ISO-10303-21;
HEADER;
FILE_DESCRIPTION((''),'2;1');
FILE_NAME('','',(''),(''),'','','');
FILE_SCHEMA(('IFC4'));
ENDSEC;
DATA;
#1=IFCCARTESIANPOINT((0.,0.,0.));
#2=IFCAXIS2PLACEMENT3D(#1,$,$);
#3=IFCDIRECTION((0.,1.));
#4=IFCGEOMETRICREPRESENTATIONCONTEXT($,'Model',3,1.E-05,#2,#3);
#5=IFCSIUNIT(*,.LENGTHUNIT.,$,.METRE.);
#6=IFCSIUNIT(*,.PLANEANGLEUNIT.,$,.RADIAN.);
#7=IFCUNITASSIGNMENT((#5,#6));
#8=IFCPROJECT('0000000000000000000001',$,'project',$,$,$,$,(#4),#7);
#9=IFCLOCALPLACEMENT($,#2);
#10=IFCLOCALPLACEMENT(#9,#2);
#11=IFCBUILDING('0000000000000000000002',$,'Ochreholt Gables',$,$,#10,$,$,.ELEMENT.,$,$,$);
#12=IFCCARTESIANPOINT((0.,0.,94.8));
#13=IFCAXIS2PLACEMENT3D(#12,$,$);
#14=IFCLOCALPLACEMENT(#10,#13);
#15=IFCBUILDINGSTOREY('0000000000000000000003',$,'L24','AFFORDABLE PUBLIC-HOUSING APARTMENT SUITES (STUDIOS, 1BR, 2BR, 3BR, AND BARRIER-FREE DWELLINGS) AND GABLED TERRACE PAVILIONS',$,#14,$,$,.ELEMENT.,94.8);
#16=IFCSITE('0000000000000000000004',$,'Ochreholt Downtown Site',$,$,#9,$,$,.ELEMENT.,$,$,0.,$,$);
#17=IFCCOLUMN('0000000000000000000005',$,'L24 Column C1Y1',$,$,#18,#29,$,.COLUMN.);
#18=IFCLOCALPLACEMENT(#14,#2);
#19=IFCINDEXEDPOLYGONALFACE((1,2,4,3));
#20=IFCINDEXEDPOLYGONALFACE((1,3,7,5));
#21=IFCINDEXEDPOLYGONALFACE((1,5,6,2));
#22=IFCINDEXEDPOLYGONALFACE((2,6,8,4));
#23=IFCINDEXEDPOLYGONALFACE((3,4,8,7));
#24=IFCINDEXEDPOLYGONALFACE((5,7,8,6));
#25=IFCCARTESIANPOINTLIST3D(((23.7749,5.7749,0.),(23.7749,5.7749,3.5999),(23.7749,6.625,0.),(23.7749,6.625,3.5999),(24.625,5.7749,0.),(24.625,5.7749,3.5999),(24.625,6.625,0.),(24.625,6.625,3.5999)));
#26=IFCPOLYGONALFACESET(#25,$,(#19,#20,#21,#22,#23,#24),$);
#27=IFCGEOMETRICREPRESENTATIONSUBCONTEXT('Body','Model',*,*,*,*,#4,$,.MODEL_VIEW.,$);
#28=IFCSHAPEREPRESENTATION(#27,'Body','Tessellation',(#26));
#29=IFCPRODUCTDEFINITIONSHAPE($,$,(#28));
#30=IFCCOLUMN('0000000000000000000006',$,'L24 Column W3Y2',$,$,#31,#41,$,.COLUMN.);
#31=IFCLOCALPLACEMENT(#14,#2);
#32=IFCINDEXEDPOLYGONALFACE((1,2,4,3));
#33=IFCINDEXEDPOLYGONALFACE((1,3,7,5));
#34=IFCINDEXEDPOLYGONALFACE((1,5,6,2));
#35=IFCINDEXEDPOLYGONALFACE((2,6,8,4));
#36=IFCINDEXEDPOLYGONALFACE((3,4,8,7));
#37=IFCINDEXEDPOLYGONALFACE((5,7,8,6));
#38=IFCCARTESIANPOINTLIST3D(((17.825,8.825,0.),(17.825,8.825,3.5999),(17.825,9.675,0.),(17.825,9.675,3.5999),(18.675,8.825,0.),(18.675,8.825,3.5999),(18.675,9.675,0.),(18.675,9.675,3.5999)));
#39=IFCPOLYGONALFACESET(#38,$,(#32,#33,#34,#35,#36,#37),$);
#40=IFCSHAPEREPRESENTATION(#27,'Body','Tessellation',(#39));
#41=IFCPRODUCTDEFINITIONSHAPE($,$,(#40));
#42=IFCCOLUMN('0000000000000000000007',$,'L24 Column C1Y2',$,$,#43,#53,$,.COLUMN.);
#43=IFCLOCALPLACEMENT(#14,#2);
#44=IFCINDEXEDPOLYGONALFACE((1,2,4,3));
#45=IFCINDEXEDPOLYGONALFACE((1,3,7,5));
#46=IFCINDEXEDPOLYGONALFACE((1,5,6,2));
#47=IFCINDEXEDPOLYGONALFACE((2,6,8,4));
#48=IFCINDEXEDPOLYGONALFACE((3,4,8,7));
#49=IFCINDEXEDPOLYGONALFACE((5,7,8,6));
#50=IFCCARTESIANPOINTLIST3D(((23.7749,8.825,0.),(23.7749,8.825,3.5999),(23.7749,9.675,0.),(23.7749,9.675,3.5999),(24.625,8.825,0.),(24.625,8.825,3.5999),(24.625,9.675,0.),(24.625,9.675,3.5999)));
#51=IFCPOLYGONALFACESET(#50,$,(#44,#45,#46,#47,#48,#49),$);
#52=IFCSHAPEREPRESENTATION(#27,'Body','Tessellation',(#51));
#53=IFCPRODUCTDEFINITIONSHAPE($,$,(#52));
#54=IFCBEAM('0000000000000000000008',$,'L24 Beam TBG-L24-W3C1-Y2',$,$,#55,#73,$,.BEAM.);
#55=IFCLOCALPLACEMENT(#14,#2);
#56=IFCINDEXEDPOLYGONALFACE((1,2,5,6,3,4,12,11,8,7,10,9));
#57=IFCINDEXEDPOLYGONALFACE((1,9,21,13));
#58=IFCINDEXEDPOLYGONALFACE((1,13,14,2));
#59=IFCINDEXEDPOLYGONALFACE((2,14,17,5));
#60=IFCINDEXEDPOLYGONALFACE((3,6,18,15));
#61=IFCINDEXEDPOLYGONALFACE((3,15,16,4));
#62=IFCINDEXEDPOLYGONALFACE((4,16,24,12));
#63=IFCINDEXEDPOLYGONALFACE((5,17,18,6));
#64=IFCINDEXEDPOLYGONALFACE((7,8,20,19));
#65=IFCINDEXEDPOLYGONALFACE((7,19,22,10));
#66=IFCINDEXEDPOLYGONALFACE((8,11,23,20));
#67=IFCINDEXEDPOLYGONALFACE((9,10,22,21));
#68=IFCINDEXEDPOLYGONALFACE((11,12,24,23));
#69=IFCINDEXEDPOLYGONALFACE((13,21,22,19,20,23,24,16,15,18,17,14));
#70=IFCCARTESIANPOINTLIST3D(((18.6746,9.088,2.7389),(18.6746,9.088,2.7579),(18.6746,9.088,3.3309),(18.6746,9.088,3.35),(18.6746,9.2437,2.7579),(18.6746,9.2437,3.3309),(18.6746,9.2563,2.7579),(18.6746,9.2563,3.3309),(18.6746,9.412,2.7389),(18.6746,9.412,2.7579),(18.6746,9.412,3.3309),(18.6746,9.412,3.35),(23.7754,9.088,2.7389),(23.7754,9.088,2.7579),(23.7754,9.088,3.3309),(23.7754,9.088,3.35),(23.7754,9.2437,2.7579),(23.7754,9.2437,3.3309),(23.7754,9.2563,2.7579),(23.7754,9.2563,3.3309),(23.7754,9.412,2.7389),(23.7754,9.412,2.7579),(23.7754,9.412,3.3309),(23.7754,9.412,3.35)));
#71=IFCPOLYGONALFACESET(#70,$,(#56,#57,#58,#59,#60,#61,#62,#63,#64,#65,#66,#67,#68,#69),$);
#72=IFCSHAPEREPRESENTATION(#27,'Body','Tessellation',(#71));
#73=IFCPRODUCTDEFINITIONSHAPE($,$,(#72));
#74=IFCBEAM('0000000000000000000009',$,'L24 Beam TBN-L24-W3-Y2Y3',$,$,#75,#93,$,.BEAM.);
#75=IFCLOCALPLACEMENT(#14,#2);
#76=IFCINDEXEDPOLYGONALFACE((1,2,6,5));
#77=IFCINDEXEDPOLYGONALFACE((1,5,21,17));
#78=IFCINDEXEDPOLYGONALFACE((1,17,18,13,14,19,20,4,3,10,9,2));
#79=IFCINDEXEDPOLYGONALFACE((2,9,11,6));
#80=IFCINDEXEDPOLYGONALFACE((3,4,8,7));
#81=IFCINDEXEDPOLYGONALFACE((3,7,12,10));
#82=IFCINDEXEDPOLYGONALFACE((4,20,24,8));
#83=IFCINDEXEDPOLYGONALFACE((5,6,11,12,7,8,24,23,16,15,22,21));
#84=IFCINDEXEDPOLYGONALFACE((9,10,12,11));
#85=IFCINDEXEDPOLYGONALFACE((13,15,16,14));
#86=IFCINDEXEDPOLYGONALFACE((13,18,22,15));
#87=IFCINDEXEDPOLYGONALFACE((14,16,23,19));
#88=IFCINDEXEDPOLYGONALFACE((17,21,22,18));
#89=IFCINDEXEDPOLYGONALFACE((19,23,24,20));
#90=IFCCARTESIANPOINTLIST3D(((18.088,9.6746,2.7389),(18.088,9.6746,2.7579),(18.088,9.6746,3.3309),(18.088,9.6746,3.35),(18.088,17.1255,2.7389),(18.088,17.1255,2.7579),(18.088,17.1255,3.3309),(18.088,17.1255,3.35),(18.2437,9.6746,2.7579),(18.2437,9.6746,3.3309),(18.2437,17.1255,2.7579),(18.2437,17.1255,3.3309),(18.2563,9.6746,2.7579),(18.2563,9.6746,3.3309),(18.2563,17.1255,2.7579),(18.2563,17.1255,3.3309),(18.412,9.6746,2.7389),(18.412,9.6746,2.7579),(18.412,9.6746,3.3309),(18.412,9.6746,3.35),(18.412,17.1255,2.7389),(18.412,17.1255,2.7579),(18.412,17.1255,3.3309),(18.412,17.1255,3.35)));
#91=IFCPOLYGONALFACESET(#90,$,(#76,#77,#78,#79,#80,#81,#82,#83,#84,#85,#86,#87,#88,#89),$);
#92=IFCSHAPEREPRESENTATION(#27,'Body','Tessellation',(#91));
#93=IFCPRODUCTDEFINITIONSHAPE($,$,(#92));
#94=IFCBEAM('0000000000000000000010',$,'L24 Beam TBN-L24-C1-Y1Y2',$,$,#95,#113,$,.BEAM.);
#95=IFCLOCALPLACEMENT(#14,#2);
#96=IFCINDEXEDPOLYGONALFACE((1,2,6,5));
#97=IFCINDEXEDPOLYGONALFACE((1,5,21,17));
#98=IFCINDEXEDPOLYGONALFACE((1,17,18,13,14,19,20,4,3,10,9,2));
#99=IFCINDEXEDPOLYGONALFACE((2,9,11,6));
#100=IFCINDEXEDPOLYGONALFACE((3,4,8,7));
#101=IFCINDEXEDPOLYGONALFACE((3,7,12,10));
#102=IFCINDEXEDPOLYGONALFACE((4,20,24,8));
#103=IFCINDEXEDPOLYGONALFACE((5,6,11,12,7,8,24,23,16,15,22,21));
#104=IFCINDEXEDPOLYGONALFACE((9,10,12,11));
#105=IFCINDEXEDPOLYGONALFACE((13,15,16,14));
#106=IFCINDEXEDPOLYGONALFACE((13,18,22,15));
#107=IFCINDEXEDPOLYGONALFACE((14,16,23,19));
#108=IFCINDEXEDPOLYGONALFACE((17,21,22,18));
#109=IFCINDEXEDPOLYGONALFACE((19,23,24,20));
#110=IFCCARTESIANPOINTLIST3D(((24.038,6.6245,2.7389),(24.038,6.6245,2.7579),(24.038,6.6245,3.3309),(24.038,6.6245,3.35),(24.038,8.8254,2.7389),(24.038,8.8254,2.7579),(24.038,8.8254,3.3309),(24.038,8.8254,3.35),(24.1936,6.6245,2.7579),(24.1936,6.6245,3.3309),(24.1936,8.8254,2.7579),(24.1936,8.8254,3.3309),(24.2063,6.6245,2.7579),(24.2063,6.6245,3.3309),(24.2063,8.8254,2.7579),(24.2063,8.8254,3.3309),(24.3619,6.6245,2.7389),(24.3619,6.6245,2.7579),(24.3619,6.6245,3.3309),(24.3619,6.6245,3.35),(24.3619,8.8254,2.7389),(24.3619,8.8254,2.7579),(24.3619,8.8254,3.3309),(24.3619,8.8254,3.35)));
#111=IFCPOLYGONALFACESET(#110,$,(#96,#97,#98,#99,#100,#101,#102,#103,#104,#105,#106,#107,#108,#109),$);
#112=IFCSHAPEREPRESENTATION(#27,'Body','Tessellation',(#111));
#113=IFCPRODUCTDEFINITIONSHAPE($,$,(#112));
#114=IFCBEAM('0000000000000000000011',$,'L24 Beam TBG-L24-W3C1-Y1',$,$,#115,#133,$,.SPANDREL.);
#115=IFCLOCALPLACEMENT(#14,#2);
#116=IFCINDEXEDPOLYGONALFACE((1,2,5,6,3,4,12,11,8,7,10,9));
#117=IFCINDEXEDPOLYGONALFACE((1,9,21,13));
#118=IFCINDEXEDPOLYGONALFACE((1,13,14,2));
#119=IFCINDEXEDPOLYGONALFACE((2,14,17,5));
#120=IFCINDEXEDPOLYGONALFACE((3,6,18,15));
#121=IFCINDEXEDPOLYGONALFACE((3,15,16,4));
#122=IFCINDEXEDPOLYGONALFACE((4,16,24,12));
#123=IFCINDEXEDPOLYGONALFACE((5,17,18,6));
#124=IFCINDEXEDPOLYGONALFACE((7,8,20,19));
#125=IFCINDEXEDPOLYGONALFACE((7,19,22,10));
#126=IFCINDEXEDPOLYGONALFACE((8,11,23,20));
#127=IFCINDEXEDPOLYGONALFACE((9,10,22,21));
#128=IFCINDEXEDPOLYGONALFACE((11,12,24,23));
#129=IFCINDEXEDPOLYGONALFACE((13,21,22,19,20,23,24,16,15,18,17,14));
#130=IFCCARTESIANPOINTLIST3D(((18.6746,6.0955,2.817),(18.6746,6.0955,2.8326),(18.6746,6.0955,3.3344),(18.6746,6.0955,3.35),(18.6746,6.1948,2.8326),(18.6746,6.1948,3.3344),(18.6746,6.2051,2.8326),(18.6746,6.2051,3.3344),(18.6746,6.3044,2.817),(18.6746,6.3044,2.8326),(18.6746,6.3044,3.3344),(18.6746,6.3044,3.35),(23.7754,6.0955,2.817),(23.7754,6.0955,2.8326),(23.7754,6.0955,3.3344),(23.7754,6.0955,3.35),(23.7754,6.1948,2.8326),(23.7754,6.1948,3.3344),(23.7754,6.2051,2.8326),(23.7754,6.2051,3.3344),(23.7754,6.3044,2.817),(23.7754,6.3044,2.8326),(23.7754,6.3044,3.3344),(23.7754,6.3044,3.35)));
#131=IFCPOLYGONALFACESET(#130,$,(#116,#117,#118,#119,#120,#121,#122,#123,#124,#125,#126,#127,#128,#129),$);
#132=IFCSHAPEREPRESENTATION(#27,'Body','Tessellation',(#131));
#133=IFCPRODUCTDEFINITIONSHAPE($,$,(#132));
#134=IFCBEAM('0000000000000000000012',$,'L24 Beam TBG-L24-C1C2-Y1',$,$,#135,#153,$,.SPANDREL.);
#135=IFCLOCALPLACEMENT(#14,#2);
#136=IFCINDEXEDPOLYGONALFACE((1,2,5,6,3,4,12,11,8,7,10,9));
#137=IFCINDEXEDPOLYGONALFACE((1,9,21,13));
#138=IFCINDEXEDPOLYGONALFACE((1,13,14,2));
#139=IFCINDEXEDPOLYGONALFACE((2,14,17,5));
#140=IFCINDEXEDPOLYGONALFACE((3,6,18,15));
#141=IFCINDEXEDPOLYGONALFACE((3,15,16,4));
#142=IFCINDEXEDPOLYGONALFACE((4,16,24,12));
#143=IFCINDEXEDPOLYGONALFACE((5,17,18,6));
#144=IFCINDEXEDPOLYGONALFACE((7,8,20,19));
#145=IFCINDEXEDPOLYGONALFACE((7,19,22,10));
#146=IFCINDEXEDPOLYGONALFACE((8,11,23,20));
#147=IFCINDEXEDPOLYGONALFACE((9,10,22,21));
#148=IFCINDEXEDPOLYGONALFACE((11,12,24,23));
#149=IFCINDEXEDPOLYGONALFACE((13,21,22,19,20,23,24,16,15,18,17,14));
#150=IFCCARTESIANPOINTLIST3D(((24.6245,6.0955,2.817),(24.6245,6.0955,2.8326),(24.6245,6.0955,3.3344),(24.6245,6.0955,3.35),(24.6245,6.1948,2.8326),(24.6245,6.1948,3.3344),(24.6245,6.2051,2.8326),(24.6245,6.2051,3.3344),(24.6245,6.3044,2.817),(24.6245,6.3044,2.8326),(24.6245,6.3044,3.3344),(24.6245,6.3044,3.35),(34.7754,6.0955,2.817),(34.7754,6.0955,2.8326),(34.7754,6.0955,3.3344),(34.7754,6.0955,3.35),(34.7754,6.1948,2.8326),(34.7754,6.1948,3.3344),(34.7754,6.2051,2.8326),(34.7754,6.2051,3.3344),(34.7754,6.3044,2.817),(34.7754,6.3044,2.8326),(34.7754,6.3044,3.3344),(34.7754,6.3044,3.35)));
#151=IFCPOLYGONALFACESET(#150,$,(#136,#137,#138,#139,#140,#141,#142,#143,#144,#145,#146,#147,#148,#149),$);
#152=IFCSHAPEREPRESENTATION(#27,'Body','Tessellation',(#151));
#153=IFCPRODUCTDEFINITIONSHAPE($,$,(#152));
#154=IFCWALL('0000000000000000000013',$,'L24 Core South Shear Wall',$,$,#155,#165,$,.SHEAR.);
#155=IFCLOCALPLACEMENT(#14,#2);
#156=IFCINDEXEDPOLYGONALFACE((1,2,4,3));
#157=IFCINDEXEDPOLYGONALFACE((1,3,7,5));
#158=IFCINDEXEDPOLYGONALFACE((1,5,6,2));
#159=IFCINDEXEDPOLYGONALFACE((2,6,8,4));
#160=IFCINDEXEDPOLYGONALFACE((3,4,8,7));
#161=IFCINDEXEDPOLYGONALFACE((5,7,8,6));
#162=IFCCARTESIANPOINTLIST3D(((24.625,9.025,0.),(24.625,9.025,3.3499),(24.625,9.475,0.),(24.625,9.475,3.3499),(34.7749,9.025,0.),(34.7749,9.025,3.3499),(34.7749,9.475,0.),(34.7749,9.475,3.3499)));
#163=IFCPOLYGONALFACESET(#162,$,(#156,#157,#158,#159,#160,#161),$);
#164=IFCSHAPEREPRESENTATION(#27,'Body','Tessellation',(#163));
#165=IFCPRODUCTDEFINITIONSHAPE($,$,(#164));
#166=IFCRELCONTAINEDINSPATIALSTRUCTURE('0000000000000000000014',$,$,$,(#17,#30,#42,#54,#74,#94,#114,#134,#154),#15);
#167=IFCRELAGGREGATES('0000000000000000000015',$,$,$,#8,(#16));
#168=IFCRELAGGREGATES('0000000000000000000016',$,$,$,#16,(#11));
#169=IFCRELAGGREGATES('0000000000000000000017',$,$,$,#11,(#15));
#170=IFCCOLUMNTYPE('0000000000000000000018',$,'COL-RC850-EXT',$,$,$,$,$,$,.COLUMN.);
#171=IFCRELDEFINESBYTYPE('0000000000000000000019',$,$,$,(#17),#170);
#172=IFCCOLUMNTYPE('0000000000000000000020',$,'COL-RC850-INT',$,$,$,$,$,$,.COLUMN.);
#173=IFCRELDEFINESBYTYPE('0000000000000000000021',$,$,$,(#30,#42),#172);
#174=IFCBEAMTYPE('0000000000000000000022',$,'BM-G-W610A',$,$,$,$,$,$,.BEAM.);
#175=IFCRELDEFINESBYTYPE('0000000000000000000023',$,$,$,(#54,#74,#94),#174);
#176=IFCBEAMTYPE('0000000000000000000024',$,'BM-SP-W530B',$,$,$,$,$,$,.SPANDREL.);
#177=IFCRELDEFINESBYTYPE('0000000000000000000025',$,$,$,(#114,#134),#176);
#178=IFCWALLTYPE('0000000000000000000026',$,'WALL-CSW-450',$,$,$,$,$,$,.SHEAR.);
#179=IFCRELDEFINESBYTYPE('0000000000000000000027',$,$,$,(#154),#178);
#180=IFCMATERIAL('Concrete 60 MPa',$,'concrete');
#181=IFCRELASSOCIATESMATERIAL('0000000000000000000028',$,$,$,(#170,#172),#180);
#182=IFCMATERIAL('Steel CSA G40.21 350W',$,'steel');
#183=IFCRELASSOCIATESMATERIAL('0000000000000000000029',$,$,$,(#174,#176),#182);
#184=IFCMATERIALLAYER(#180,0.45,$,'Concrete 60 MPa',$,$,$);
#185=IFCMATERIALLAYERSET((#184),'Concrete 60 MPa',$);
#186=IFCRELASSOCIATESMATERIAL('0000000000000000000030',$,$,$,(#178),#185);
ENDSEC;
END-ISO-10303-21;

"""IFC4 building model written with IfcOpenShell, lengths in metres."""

from ifc_helpers import new_model, si_unit, direction, frame, frame_2d, origin, origin_2d, place, context, subcontext, project, spatial, rectangle, i_section, extrude, material, layer, layer_set, material_profile, profile_set, type_object, element, save


model = new_model("IFC4")

# Units and contexts
model_context = context("Model", 3, precision=1e-05, world=origin(), true_north=direction((0.0, 1.0)))
body_context = subcontext(model_context, "Body", "Model", "MODEL_VIEW")
ifc_project = project(units=[si_unit("LENGTHUNIT", "METRE"), si_unit("PLANEANGLEUNIT", "RADIAN")], contexts=[model_context])

# Site, building, storey
site_placement = place(None, origin())
site = spatial("IfcSite", under=ifc_project, at=site_placement, Name="Ochreholt Downtown Site", CompositionType="ELEMENT", RefElevation=0.0)
building_placement = place(site_placement, origin())
building = spatial("IfcBuilding", under=site, at=building_placement, Name="Ochreholt Gables", CompositionType="ELEMENT")
storey_placement = place(building_placement, frame((0.0, 0.0, 94.8)))
storey = spatial("IfcBuildingStorey", under=building, at=storey_placement, Name="L24", Description="AFFORDABLE PUBLIC-HOUSING APARTMENT SUITES (STUDIOS, 1BR, 2BR, 3BR, AND BARRIER-FREE DWELLINGS) AND GABLED TERRACE PAVILIONS", CompositionType="ELEMENT", Elevation=94.8)

# Columns
ifc_material_1 = material(Name="Concrete 60 MPa", Category="concrete")
ifc_material_profile_1 = material_profile(ifc_material_1, rectangle(XDim=0.8501, YDim=0.8501, at=origin_2d()), Name="RC850X850")
ifc_profile_set_1 = profile_set([ifc_material_profile_1], Name="Concrete 60 MPa")
column_type_1 = type_object("IfcColumnType", Name="COL-RC850-EXT", PredefinedType="COLUMN", material=ifc_profile_set_1)
column_placement = place(storey_placement, frame((24.2, 6.2, 0.0), z_axis=(0.0, 0.0, 1.0), x_axis=(1.0, 0.0, 0.0)))
element("IfcColumn", 1, at=column_placement, inside=storey, type_object=column_type_1, Name="L24 Column C1Y1", PredefinedType="COLUMN", context=body_context, shape_type="SweptSolid", body=[
    extrude(rectangle(XDim=0.8501, YDim=0.8501, at=origin_2d()), origin(), (0.0, 0.0, 1.0), 3.5999),
])
ifc_material_profile_2 = material_profile(ifc_material_1, rectangle(XDim=0.8501, YDim=0.8501, at=origin_2d()), Name="RC850X850")
ifc_profile_set_2 = profile_set([ifc_material_profile_2], Name="Concrete 60 MPa")
column_type_2 = type_object("IfcColumnType", Name="COL-RC850-INT", PredefinedType="COLUMN", material=ifc_profile_set_2)
for number, where, z_axis, x_axis, name in (
    (2, (18.25, 9.25, 0.0), (0.0, 0.0, 1.0), (1.0, 0.0, 0.0), "L24 Column W3Y2"),
    (3, (24.2, 9.25, 0.0), (0.0, 0.0, 1.0), (1.0, 0.0, 0.0), "L24 Column C1Y2"),
):
    element("IfcColumn", number, at=place(storey_placement, frame(where, z_axis=z_axis, x_axis=x_axis)), inside=storey, type_object=column_type_2, Name=name, PredefinedType="COLUMN", context=body_context, shape_type="SweptSolid", body=[
        extrude(rectangle(XDim=0.8501, YDim=0.8501, at=origin_2d()), origin(), (0.0, 0.0, 1.0), 3.5999),
    ])

# Beams
ifc_material_2 = material(Name="Steel CSA G40.21 350W", Category="steel")
ifc_material_profile_3 = material_profile(ifc_material_2, i_section(OverallWidth=0.324, OverallDepth=0.6111, WebThickness=0.0127, FlangeThickness=0.019, at=origin_2d()), Name="W610X155")
ifc_profile_set_3 = profile_set([ifc_material_profile_3], Name="Steel CSA G40.21 350W")
beam_type_1 = type_object("IfcBeamType", Name="BM-G-W610A", PredefinedType="BEAM", material=ifc_profile_set_3)
beam_1_placement = place(storey_placement, frame((18.6746, 9.25, 3.0444), z_axis=(1.0, 0.0, 0.0), x_axis=(0.0, 1.0, 0.0)))
element("IfcBeam", 4, at=beam_1_placement, inside=storey, type_object=beam_type_1, Name="L24 Beam TBG-L24-W3C1-Y2", PredefinedType="BEAM", context=body_context, shape_type="SweptSolid", body=[
    extrude(i_section(OverallWidth=0.324, OverallDepth=0.6111, WebThickness=0.0127, FlangeThickness=0.019, at=origin_2d()), origin(), (0.0, 0.0, 1.0), 5.1008),
])
beam_2_placement = place(storey_placement, frame((18.25, 9.6746, 3.0444), z_axis=(0.0, 1.0, 0.0), x_axis=(-1.0, 0.0, 0.0)))
element("IfcBeam", 5, at=beam_2_placement, inside=storey, type_object=beam_type_1, Name="L24 Beam TBN-L24-W3-Y2Y3", PredefinedType="BEAM", context=body_context, shape_type="SweptSolid", body=[
    extrude(i_section(OverallWidth=0.324, OverallDepth=0.6111, WebThickness=0.0127, FlangeThickness=0.019, at=origin_2d()), origin(), (0.0, 0.0, 1.0), 7.4509),
])
beam_3_placement = place(storey_placement, frame((24.2, 6.6245, 3.0444), z_axis=(0.0, 1.0, 0.0), x_axis=(-1.0, 0.0, 0.0)))
element("IfcBeam", 6, at=beam_3_placement, inside=storey, type_object=beam_type_1, Name="L24 Beam TBN-L24-C1-Y1Y2", PredefinedType="BEAM", context=body_context, shape_type="SweptSolid", body=[
    extrude(i_section(OverallWidth=0.324, OverallDepth=0.6111, WebThickness=0.0127, FlangeThickness=0.019, at=origin_2d()), origin(), (0.0, 0.0, 1.0), 2.2009),
])
ifc_material_profile_4 = material_profile(ifc_material_2, i_section(OverallWidth=0.209, OverallDepth=0.533, WebThickness=0.0103, FlangeThickness=0.0156, at=origin_2d()), Name="W530X92")
ifc_profile_set_4 = profile_set([ifc_material_profile_4], Name="Steel CSA G40.21 350W")
beam_type_2 = type_object("IfcBeamType", Name="BM-SP-W530B", PredefinedType="SPANDREL", material=ifc_profile_set_4)
beam_4_placement = place(storey_placement, frame((18.6746, 6.2, 3.0835), z_axis=(1.0, 0.0, 0.0), x_axis=(0.0, 1.0, 0.0)))
element("IfcBeam", 7, at=beam_4_placement, inside=storey, type_object=beam_type_2, Name="L24 Beam TBG-L24-W3C1-Y1", PredefinedType="SPANDREL", context=body_context, shape_type="SweptSolid", body=[
    extrude(i_section(OverallWidth=0.209, OverallDepth=0.533, WebThickness=0.0103, FlangeThickness=0.0156, at=origin_2d()), origin(), (0.0, 0.0, 1.0), 5.1008),
])
beam_5_placement = place(storey_placement, frame((24.6245, 6.2, 3.0835), z_axis=(1.0, 0.0, 0.0), x_axis=(0.0, 1.0, 0.0)))
element("IfcBeam", 8, at=beam_5_placement, inside=storey, type_object=beam_type_2, Name="L24 Beam TBG-L24-C1C2-Y1", PredefinedType="SPANDREL", context=body_context, shape_type="SweptSolid", body=[
    extrude(i_section(OverallWidth=0.209, OverallDepth=0.533, WebThickness=0.0103, FlangeThickness=0.0156, at=origin_2d()), origin(), (0.0, 0.0, 1.0), 10.1509),
])

# Wall
ifc_layer_1 = layer(ifc_material_1, 0.45, Name="Concrete 60 MPa")
ifc_layer_set_1 = layer_set([ifc_layer_1], Name="Concrete 60 MPa")
wall_type_1 = type_object("IfcWallType", Name="WALL-CSW-450", PredefinedType="SHEAR", material=ifc_layer_set_1)
wall_1_placement = place(storey_placement, frame((24.625, 9.25, 0.0), z_axis=(0.0, 0.0, 1.0), x_axis=(1.0, 0.0, 0.0)))
element("IfcWall", 9, at=wall_1_placement, inside=storey, type_object=wall_type_1, Name="L24 Core South Shear Wall", PredefinedType="SHEAR", context=body_context, shape_type="SweptSolid", body=[
    extrude(rectangle(XDim=10.1499, YDim=0.45, at=frame_2d((5.075, 0.0))), origin(), (0.0, 0.0, 1.0), 3.3499),
])

save(model, "model.ifc")
